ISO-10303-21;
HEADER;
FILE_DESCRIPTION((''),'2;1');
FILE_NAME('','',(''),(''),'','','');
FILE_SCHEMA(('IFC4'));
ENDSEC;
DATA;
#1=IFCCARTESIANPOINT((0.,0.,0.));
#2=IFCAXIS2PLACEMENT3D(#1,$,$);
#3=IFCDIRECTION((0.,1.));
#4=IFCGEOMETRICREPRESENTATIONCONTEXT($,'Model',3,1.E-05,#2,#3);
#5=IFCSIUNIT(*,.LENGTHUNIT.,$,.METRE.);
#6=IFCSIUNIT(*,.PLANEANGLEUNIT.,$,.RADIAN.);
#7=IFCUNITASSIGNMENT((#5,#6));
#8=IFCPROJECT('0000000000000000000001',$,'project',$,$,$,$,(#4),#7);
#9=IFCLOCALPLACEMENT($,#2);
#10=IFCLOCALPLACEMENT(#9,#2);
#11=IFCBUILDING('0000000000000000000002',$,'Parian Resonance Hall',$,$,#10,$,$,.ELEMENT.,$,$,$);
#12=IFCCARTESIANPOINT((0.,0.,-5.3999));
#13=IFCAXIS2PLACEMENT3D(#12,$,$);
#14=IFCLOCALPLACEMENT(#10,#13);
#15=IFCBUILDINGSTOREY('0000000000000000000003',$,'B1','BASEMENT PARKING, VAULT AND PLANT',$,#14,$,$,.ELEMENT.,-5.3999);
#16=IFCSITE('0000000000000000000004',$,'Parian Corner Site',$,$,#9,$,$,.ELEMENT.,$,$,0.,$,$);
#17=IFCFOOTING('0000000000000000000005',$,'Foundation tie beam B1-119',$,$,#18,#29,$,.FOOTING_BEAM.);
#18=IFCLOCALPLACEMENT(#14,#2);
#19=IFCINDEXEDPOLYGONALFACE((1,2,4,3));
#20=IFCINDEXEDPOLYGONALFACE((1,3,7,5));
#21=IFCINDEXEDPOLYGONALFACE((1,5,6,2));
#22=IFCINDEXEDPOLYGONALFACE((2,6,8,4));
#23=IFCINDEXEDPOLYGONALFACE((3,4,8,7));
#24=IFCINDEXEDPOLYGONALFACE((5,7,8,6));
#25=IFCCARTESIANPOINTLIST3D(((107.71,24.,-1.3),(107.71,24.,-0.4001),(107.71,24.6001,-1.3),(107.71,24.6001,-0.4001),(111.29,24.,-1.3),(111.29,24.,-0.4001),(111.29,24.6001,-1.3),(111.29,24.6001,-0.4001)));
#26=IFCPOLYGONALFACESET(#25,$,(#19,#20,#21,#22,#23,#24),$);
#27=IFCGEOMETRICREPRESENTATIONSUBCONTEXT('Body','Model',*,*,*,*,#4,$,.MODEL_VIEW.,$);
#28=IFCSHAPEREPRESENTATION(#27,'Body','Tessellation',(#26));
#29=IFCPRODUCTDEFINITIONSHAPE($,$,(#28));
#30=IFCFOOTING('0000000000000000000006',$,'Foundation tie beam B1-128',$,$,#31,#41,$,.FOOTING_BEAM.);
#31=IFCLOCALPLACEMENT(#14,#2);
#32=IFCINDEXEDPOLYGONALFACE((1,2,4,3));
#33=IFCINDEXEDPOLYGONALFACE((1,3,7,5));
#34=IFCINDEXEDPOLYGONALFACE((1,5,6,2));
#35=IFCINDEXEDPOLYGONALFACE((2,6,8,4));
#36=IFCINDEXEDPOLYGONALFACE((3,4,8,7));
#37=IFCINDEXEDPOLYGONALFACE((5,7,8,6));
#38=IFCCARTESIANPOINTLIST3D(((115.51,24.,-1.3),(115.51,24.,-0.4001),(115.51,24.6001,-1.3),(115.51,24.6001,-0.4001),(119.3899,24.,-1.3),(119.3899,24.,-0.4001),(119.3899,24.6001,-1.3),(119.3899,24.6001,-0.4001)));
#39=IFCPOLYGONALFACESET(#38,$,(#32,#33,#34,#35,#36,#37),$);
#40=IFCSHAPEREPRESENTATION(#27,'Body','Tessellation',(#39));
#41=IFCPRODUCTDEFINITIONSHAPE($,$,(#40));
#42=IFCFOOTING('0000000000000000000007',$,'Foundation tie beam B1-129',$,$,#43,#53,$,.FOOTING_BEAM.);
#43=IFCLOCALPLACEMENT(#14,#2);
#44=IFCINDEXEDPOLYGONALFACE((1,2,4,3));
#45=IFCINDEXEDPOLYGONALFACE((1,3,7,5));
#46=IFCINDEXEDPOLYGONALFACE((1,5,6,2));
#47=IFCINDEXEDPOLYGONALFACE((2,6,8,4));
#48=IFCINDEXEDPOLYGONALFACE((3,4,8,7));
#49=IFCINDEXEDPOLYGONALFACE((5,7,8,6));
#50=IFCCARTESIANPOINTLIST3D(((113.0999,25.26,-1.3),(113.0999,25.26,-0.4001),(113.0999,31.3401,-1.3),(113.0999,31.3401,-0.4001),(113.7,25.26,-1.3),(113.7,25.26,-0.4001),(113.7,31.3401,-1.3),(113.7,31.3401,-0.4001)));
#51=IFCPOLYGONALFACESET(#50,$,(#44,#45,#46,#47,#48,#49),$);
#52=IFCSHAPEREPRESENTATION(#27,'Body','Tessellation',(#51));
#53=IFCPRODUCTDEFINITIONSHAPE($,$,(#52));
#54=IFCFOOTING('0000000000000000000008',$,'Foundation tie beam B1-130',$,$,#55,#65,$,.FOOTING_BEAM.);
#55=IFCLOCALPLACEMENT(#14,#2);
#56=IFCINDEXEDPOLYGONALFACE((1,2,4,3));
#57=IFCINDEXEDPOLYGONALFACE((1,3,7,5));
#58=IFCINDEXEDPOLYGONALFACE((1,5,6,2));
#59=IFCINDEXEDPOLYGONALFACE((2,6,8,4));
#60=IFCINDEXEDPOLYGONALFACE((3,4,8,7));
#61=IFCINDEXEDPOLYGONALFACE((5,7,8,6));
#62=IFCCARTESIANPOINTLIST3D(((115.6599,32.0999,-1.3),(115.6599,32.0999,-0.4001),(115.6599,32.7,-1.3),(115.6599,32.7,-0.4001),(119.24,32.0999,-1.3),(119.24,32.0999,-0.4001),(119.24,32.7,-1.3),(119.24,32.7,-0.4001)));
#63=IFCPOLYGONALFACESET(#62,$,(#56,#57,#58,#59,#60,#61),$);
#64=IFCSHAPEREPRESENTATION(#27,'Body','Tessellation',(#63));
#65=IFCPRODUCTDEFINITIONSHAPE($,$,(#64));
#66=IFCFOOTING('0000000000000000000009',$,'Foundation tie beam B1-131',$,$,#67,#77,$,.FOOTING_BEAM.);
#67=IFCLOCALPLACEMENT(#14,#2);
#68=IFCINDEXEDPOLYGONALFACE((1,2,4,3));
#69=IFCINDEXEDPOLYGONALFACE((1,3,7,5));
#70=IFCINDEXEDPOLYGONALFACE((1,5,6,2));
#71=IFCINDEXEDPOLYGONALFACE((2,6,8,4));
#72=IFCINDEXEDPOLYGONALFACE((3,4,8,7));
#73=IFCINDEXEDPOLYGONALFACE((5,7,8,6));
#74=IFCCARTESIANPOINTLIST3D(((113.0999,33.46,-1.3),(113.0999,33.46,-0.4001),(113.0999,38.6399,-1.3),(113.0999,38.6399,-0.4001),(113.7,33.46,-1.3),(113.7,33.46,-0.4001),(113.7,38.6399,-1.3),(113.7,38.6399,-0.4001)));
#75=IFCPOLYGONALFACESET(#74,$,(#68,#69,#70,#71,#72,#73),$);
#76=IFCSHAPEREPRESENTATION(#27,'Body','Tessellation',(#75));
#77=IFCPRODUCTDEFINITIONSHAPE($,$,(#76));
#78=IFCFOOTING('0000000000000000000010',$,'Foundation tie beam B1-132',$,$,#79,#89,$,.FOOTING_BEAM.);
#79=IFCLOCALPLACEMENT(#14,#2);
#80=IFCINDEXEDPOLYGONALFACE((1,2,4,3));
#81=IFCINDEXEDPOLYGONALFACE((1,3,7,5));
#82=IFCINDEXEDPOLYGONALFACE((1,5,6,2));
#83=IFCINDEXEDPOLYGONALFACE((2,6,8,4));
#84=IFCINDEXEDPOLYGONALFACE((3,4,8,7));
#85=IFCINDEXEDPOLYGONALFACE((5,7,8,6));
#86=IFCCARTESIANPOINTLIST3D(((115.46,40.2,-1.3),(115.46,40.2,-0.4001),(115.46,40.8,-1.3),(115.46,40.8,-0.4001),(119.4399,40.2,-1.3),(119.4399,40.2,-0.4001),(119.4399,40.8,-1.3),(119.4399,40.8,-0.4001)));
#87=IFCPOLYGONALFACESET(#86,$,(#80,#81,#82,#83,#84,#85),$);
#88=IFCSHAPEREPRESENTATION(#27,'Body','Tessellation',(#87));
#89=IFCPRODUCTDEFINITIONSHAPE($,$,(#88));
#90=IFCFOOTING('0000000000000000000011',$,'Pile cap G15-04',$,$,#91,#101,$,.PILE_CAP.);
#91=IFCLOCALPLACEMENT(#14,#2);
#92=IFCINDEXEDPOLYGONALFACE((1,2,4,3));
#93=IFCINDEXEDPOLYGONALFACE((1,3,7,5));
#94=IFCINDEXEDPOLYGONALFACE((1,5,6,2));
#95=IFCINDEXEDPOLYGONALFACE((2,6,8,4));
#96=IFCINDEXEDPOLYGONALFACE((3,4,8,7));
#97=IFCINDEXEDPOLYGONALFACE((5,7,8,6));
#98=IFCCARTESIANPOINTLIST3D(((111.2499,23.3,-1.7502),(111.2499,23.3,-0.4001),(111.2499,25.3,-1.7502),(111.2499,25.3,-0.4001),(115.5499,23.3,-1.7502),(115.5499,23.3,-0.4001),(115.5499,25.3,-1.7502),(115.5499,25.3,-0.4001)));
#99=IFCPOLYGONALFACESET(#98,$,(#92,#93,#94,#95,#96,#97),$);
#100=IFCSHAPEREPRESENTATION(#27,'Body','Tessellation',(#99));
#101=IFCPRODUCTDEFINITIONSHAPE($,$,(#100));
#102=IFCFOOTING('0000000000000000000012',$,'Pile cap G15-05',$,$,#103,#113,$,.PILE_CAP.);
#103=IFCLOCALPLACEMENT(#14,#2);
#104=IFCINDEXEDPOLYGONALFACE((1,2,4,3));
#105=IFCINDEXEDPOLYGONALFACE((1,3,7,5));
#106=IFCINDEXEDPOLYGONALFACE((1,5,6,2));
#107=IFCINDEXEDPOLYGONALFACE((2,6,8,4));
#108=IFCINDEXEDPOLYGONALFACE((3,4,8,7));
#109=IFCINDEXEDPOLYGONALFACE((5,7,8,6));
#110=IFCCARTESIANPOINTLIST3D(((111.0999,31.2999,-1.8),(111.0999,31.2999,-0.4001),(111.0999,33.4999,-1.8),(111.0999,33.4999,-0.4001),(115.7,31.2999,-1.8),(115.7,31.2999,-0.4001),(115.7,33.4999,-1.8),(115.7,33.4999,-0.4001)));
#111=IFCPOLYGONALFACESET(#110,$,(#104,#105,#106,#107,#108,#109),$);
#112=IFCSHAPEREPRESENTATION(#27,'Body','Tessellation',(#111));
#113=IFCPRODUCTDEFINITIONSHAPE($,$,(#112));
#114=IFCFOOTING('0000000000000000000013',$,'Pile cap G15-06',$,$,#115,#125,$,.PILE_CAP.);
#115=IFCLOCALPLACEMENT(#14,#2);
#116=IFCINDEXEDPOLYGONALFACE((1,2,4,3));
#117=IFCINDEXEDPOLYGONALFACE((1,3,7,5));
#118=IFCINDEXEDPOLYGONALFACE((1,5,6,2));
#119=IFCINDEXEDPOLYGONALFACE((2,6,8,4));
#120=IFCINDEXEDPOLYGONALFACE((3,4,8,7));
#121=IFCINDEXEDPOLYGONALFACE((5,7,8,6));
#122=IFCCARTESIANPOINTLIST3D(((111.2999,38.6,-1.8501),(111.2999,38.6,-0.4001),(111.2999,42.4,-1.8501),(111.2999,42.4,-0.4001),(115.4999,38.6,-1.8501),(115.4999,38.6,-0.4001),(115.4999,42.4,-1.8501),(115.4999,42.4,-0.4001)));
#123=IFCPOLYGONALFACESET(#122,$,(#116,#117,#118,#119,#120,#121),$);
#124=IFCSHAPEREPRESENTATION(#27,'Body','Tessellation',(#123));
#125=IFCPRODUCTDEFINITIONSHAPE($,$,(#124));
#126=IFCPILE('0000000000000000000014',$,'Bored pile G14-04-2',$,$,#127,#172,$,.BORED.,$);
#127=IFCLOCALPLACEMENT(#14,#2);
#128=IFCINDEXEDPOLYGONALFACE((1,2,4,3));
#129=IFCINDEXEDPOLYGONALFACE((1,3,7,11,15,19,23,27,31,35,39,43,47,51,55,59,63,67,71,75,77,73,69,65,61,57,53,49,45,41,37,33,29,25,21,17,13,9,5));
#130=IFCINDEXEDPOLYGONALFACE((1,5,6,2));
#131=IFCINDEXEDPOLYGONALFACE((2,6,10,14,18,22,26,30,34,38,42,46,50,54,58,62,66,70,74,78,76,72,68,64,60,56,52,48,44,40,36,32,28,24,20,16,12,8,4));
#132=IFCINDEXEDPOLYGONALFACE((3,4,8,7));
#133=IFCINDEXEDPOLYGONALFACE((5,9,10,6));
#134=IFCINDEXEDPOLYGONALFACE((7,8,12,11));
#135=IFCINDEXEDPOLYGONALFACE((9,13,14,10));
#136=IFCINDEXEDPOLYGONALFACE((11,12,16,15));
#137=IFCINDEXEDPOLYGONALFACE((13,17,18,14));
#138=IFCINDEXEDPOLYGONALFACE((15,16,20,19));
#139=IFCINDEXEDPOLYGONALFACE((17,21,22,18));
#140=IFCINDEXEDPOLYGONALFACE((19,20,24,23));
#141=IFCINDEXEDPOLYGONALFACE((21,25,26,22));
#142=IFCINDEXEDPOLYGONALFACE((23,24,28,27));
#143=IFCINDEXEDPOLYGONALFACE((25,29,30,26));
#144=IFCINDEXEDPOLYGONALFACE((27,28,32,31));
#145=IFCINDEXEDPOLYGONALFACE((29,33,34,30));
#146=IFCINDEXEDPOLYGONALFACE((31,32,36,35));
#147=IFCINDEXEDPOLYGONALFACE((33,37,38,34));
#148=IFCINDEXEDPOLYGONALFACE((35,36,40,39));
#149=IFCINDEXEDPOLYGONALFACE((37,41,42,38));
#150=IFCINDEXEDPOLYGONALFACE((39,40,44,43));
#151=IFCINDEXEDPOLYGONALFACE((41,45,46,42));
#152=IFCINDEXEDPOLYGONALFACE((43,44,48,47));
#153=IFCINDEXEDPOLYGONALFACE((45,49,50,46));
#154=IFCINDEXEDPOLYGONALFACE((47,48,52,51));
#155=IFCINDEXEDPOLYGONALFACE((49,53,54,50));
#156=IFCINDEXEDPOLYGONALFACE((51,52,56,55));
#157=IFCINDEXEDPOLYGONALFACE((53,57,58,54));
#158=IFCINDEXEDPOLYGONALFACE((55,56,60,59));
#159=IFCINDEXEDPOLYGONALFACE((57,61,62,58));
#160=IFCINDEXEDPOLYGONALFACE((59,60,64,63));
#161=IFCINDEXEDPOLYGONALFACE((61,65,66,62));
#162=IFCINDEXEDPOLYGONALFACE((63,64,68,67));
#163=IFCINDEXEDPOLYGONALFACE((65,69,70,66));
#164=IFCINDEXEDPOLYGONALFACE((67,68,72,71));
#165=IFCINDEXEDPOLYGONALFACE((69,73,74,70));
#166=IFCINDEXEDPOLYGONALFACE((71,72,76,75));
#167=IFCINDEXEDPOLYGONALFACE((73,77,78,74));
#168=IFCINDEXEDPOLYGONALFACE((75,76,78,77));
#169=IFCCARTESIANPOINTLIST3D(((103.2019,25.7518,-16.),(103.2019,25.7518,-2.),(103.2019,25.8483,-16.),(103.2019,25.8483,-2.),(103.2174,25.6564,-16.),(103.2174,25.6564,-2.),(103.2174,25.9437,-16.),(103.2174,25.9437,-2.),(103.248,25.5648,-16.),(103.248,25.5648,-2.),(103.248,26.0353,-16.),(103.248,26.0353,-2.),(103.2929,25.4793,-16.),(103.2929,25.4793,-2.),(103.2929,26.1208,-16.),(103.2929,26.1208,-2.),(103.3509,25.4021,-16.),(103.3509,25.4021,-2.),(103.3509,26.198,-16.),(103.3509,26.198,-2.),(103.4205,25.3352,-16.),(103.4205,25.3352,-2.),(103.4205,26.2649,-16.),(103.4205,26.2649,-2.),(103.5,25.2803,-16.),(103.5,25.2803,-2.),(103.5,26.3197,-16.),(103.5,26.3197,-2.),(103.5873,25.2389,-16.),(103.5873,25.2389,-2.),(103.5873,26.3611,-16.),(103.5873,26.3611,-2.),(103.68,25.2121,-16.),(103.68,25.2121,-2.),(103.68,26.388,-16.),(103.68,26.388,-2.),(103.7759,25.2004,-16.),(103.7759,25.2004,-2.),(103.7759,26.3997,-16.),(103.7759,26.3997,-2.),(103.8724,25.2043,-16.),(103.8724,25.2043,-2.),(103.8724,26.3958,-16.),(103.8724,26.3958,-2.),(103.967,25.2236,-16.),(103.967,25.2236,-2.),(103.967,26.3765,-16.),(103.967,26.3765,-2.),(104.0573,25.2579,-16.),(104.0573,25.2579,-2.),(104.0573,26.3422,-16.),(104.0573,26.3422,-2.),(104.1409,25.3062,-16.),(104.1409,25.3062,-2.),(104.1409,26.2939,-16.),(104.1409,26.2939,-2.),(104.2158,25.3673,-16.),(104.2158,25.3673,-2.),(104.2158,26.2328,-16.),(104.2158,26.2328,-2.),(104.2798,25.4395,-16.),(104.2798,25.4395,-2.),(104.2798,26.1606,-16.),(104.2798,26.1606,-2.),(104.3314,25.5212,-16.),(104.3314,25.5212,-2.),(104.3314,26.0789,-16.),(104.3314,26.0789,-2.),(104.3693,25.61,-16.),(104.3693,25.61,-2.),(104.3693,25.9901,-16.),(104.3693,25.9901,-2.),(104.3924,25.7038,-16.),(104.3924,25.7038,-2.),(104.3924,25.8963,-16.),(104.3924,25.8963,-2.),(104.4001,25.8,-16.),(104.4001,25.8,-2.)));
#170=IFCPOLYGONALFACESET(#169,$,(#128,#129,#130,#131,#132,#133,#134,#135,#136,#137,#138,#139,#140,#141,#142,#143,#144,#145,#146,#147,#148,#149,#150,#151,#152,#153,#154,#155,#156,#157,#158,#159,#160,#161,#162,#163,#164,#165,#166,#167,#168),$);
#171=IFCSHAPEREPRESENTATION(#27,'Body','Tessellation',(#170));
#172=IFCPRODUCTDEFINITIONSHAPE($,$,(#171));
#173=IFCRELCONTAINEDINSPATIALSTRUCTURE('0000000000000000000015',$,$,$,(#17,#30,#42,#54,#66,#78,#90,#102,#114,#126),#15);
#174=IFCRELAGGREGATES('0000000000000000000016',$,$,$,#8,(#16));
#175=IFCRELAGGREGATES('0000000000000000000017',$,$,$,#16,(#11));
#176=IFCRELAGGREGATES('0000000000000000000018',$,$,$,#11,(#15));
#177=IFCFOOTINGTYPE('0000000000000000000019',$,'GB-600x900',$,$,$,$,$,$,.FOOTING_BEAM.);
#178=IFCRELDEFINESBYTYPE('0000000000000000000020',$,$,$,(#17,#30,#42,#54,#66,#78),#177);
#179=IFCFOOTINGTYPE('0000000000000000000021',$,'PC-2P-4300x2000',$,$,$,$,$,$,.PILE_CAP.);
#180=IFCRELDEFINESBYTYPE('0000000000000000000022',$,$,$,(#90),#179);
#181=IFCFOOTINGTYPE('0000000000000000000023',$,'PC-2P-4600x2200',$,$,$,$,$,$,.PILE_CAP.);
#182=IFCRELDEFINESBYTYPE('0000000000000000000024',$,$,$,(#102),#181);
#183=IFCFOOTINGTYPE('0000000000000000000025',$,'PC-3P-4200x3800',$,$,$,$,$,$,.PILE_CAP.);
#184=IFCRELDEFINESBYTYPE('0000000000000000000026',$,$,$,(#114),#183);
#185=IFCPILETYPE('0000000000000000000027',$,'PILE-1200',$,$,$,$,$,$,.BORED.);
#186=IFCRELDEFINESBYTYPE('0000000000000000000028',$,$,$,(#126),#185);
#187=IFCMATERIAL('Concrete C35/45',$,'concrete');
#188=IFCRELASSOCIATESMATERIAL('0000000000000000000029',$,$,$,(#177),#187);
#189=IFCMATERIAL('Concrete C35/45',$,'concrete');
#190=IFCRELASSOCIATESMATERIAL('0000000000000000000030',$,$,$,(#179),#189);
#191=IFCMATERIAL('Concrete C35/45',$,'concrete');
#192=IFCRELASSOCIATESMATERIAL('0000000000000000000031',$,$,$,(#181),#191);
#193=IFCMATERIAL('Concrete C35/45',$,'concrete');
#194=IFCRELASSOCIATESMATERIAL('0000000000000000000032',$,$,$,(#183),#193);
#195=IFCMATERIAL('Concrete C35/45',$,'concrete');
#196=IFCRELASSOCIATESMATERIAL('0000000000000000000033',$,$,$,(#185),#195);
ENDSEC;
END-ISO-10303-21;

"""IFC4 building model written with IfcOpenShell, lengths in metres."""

from ifc_helpers import new_model, si_unit, direction, frame, origin, origin_2d, place, context, subcontext, project, spatial, rectangle, circle, extrude, material, material_profile, profile_set, type_object, element, save


model = new_model("IFC4")

# Units and contexts
model_context = context("Model", 3, precision=1e-05, world=origin(), true_north=direction((0.0, 1.0)))
body_context = subcontext(model_context, "Body", "Model", "MODEL_VIEW")
ifc_project = project(units=[si_unit("LENGTHUNIT", "METRE"), si_unit("PLANEANGLEUNIT", "RADIAN")], contexts=[model_context])

# Site, building, storey
site_placement = place(None, origin())
site = spatial("IfcSite", under=ifc_project, at=site_placement, Name="Parian Corner Site", CompositionType="ELEMENT", RefElevation=0.0)
building_placement = place(site_placement, origin())
building = spatial("IfcBuilding", under=site, at=building_placement, Name="Parian Resonance Hall", CompositionType="ELEMENT")
storey_placement = place(building_placement, frame((0.0, 0.0, -5.3999)))
storey = spatial("IfcBuildingStorey", under=building, at=storey_placement, Name="B1", Description="BASEMENT PARKING, VAULT AND PLANT", CompositionType="ELEMENT", Elevation=-5.3999)

# Footings
ifc_material_1 = material(Name="Concrete C35/45", Category="concrete")
ifc_material_profile_1 = material_profile(ifc_material_1, rectangle(XDim=0.6001, YDim=0.8999, at=origin_2d()), Name="RC-GB-600x900")
ifc_profile_set_1 = profile_set([ifc_material_profile_1], Name="Concrete C35/45")
footing_type_1 = type_object("IfcFootingType", Name="GB-600x900", PredefinedType="FOOTING_BEAM", material=ifc_profile_set_1)
footing_1_placement = place(storey_placement, frame((107.71, 24.3, -0.8501), z_axis=(1.0, 0.0, 0.0), x_axis=(0.0, 1.0, 0.0)))
element("IfcFooting", 1, at=footing_1_placement, inside=storey, type_object=footing_type_1, Name="Foundation tie beam B1-119", PredefinedType="FOOTING_BEAM", context=body_context, shape_type="SweptSolid", body=[
    extrude(rectangle(XDim=0.6001, YDim=0.8999, at=origin_2d()), origin(), (0.0, 0.0, 1.0), 3.5801),
])
footing_2_placement = place(storey_placement, frame((115.51, 24.3, -0.8501), z_axis=(1.0, 0.0, 0.0), x_axis=(0.0, 1.0, 0.0)))
element("IfcFooting", 2, at=footing_2_placement, inside=storey, type_object=footing_type_1, Name="Foundation tie beam B1-128", PredefinedType="FOOTING_BEAM", context=body_context, shape_type="SweptSolid", body=[
    extrude(rectangle(XDim=0.6001, YDim=0.8999, at=origin_2d()), origin(), (0.0, 0.0, 1.0), 3.8799),
])
footing_3_placement = place(storey_placement, frame((113.3999, 25.26, -0.8501), z_axis=(0.0, 1.0, 0.0), x_axis=(-1.0, 0.0, 0.0)))
element("IfcFooting", 3, at=footing_3_placement, inside=storey, type_object=footing_type_1, Name="Foundation tie beam B1-129", PredefinedType="FOOTING_BEAM", context=body_context, shape_type="SweptSolid", body=[
    extrude(rectangle(XDim=0.6001, YDim=0.8999, at=origin_2d()), origin(), (0.0, 0.0, 1.0), 6.0801),
])
footing_4_placement = place(storey_placement, frame((115.6599, 32.3999, -0.8501), z_axis=(1.0, 0.0, 0.0), x_axis=(0.0, 1.0, 0.0)))
element("IfcFooting", 4, at=footing_4_placement, inside=storey, type_object=footing_type_1, Name="Foundation tie beam B1-130", PredefinedType="FOOTING_BEAM", context=body_context, shape_type="SweptSolid", body=[
    extrude(rectangle(XDim=0.6001, YDim=0.8999, at=origin_2d()), origin(), (0.0, 0.0, 1.0), 3.5801),
])
footing_5_placement = place(storey_placement, frame((113.3999, 33.46, -0.8501), z_axis=(0.0, 1.0, 0.0), x_axis=(-1.0, 0.0, 0.0)))
element("IfcFooting", 5, at=footing_5_placement, inside=storey, type_object=footing_type_1, Name="Foundation tie beam B1-131", PredefinedType="FOOTING_BEAM", context=body_context, shape_type="SweptSolid", body=[
    extrude(rectangle(XDim=0.6001, YDim=0.8999, at=origin_2d()), origin(), (0.0, 0.0, 1.0), 5.1799),
])
footing_6_placement = place(storey_placement, frame((115.46, 40.5, -0.8501), z_axis=(1.0, 0.0, 0.0), x_axis=(0.0, 1.0, 0.0)))
element("IfcFooting", 6, at=footing_6_placement, inside=storey, type_object=footing_type_1, Name="Foundation tie beam B1-132", PredefinedType="FOOTING_BEAM", context=body_context, shape_type="SweptSolid", body=[
    extrude(rectangle(XDim=0.6001, YDim=0.8999, at=origin_2d()), origin(), (0.0, 0.0, 1.0), 3.98),
])
ifc_material_2 = material(Name="Concrete C35/45", Category="concrete")
footing_type_2 = type_object("IfcFootingType", Name="PC-2P-4300x2000", PredefinedType="PILE_CAP", material=ifc_material_2)
footing_7_placement = place(storey_placement, frame((113.3999, 24.3, -1.7502), z_axis=(0.0, 0.0, 1.0), x_axis=(1.0, 0.0, 0.0)))
element("IfcFooting", 7, at=footing_7_placement, inside=storey, type_object=footing_type_2, Name="Pile cap G15-04", PredefinedType="PILE_CAP", context=body_context, shape_type="SweptSolid", body=[
    extrude(rectangle(XDim=4.3, YDim=2.0, at=origin_2d()), origin(), (0.0, 0.0, 1.0), 1.3501),
])
ifc_material_3 = material(Name="Concrete C35/45", Category="concrete")
footing_type_3 = type_object("IfcFootingType", Name="PC-2P-4600x2200", PredefinedType="PILE_CAP", material=ifc_material_3)
footing_8_placement = place(storey_placement, frame((113.3999, 32.3999, -1.8), z_axis=(0.0, 0.0, 1.0), x_axis=(1.0, 0.0, 0.0)))
element("IfcFooting", 8, at=footing_8_placement, inside=storey, type_object=footing_type_3, Name="Pile cap G15-05", PredefinedType="PILE_CAP", context=body_context, shape_type="SweptSolid", body=[
    extrude(rectangle(XDim=4.6001, YDim=2.2, at=origin_2d()), origin(), (0.0, 0.0, 1.0), 1.3999),
])
ifc_material_4 = material(Name="Concrete C35/45", Category="concrete")
footing_type_4 = type_object("IfcFootingType", Name="PC-3P-4200x3800", PredefinedType="PILE_CAP", material=ifc_material_4)
footing_9_placement = place(storey_placement, frame((113.3999, 40.5, -1.8501), z_axis=(0.0, 0.0, 1.0), x_axis=(1.0, 0.0, 0.0)))
element("IfcFooting", 9, at=footing_9_placement, inside=storey, type_object=footing_type_4, Name="Pile cap G15-06", PredefinedType="PILE_CAP", context=body_context, shape_type="SweptSolid", body=[
    extrude(rectangle(XDim=4.2, YDim=3.8, at=origin_2d()), origin(), (0.0, 0.0, 1.0), 1.45),
])

# Pile
ifc_material_5 = material(Name="Concrete C35/45", Category="concrete")
ifc_material_profile_2 = material_profile(ifc_material_5, circle(Radius=0.6001, at=origin_2d()), Name="PILE-D1200")
ifc_profile_set_2 = profile_set([ifc_material_profile_2], Name="Concrete C35/45")
pile_type_1 = type_object("IfcPileType", Name="PILE-1200", PredefinedType="BORED", material=ifc_profile_set_2)
for number, where, z_axis, x_axis, name in (
    (10, (103.8, 25.8, -2.0), (0.0, 0.0, -1.0), (1.0, 0.0, 0.0), "Bored pile G14-04-2"),
):
    element("IfcPile", number, at=place(storey_placement, frame(where, z_axis=z_axis, x_axis=x_axis)), inside=storey, type_object=pile_type_1, Name=name, PredefinedType="BORED", context=body_context, shape_type="SweptSolid", body=[
        extrude(circle(Radius=0.6001, at=origin_2d()), origin(), (0.0, 0.0, 1.0), 14.0),
    ])

save(model, "model.ifc")
